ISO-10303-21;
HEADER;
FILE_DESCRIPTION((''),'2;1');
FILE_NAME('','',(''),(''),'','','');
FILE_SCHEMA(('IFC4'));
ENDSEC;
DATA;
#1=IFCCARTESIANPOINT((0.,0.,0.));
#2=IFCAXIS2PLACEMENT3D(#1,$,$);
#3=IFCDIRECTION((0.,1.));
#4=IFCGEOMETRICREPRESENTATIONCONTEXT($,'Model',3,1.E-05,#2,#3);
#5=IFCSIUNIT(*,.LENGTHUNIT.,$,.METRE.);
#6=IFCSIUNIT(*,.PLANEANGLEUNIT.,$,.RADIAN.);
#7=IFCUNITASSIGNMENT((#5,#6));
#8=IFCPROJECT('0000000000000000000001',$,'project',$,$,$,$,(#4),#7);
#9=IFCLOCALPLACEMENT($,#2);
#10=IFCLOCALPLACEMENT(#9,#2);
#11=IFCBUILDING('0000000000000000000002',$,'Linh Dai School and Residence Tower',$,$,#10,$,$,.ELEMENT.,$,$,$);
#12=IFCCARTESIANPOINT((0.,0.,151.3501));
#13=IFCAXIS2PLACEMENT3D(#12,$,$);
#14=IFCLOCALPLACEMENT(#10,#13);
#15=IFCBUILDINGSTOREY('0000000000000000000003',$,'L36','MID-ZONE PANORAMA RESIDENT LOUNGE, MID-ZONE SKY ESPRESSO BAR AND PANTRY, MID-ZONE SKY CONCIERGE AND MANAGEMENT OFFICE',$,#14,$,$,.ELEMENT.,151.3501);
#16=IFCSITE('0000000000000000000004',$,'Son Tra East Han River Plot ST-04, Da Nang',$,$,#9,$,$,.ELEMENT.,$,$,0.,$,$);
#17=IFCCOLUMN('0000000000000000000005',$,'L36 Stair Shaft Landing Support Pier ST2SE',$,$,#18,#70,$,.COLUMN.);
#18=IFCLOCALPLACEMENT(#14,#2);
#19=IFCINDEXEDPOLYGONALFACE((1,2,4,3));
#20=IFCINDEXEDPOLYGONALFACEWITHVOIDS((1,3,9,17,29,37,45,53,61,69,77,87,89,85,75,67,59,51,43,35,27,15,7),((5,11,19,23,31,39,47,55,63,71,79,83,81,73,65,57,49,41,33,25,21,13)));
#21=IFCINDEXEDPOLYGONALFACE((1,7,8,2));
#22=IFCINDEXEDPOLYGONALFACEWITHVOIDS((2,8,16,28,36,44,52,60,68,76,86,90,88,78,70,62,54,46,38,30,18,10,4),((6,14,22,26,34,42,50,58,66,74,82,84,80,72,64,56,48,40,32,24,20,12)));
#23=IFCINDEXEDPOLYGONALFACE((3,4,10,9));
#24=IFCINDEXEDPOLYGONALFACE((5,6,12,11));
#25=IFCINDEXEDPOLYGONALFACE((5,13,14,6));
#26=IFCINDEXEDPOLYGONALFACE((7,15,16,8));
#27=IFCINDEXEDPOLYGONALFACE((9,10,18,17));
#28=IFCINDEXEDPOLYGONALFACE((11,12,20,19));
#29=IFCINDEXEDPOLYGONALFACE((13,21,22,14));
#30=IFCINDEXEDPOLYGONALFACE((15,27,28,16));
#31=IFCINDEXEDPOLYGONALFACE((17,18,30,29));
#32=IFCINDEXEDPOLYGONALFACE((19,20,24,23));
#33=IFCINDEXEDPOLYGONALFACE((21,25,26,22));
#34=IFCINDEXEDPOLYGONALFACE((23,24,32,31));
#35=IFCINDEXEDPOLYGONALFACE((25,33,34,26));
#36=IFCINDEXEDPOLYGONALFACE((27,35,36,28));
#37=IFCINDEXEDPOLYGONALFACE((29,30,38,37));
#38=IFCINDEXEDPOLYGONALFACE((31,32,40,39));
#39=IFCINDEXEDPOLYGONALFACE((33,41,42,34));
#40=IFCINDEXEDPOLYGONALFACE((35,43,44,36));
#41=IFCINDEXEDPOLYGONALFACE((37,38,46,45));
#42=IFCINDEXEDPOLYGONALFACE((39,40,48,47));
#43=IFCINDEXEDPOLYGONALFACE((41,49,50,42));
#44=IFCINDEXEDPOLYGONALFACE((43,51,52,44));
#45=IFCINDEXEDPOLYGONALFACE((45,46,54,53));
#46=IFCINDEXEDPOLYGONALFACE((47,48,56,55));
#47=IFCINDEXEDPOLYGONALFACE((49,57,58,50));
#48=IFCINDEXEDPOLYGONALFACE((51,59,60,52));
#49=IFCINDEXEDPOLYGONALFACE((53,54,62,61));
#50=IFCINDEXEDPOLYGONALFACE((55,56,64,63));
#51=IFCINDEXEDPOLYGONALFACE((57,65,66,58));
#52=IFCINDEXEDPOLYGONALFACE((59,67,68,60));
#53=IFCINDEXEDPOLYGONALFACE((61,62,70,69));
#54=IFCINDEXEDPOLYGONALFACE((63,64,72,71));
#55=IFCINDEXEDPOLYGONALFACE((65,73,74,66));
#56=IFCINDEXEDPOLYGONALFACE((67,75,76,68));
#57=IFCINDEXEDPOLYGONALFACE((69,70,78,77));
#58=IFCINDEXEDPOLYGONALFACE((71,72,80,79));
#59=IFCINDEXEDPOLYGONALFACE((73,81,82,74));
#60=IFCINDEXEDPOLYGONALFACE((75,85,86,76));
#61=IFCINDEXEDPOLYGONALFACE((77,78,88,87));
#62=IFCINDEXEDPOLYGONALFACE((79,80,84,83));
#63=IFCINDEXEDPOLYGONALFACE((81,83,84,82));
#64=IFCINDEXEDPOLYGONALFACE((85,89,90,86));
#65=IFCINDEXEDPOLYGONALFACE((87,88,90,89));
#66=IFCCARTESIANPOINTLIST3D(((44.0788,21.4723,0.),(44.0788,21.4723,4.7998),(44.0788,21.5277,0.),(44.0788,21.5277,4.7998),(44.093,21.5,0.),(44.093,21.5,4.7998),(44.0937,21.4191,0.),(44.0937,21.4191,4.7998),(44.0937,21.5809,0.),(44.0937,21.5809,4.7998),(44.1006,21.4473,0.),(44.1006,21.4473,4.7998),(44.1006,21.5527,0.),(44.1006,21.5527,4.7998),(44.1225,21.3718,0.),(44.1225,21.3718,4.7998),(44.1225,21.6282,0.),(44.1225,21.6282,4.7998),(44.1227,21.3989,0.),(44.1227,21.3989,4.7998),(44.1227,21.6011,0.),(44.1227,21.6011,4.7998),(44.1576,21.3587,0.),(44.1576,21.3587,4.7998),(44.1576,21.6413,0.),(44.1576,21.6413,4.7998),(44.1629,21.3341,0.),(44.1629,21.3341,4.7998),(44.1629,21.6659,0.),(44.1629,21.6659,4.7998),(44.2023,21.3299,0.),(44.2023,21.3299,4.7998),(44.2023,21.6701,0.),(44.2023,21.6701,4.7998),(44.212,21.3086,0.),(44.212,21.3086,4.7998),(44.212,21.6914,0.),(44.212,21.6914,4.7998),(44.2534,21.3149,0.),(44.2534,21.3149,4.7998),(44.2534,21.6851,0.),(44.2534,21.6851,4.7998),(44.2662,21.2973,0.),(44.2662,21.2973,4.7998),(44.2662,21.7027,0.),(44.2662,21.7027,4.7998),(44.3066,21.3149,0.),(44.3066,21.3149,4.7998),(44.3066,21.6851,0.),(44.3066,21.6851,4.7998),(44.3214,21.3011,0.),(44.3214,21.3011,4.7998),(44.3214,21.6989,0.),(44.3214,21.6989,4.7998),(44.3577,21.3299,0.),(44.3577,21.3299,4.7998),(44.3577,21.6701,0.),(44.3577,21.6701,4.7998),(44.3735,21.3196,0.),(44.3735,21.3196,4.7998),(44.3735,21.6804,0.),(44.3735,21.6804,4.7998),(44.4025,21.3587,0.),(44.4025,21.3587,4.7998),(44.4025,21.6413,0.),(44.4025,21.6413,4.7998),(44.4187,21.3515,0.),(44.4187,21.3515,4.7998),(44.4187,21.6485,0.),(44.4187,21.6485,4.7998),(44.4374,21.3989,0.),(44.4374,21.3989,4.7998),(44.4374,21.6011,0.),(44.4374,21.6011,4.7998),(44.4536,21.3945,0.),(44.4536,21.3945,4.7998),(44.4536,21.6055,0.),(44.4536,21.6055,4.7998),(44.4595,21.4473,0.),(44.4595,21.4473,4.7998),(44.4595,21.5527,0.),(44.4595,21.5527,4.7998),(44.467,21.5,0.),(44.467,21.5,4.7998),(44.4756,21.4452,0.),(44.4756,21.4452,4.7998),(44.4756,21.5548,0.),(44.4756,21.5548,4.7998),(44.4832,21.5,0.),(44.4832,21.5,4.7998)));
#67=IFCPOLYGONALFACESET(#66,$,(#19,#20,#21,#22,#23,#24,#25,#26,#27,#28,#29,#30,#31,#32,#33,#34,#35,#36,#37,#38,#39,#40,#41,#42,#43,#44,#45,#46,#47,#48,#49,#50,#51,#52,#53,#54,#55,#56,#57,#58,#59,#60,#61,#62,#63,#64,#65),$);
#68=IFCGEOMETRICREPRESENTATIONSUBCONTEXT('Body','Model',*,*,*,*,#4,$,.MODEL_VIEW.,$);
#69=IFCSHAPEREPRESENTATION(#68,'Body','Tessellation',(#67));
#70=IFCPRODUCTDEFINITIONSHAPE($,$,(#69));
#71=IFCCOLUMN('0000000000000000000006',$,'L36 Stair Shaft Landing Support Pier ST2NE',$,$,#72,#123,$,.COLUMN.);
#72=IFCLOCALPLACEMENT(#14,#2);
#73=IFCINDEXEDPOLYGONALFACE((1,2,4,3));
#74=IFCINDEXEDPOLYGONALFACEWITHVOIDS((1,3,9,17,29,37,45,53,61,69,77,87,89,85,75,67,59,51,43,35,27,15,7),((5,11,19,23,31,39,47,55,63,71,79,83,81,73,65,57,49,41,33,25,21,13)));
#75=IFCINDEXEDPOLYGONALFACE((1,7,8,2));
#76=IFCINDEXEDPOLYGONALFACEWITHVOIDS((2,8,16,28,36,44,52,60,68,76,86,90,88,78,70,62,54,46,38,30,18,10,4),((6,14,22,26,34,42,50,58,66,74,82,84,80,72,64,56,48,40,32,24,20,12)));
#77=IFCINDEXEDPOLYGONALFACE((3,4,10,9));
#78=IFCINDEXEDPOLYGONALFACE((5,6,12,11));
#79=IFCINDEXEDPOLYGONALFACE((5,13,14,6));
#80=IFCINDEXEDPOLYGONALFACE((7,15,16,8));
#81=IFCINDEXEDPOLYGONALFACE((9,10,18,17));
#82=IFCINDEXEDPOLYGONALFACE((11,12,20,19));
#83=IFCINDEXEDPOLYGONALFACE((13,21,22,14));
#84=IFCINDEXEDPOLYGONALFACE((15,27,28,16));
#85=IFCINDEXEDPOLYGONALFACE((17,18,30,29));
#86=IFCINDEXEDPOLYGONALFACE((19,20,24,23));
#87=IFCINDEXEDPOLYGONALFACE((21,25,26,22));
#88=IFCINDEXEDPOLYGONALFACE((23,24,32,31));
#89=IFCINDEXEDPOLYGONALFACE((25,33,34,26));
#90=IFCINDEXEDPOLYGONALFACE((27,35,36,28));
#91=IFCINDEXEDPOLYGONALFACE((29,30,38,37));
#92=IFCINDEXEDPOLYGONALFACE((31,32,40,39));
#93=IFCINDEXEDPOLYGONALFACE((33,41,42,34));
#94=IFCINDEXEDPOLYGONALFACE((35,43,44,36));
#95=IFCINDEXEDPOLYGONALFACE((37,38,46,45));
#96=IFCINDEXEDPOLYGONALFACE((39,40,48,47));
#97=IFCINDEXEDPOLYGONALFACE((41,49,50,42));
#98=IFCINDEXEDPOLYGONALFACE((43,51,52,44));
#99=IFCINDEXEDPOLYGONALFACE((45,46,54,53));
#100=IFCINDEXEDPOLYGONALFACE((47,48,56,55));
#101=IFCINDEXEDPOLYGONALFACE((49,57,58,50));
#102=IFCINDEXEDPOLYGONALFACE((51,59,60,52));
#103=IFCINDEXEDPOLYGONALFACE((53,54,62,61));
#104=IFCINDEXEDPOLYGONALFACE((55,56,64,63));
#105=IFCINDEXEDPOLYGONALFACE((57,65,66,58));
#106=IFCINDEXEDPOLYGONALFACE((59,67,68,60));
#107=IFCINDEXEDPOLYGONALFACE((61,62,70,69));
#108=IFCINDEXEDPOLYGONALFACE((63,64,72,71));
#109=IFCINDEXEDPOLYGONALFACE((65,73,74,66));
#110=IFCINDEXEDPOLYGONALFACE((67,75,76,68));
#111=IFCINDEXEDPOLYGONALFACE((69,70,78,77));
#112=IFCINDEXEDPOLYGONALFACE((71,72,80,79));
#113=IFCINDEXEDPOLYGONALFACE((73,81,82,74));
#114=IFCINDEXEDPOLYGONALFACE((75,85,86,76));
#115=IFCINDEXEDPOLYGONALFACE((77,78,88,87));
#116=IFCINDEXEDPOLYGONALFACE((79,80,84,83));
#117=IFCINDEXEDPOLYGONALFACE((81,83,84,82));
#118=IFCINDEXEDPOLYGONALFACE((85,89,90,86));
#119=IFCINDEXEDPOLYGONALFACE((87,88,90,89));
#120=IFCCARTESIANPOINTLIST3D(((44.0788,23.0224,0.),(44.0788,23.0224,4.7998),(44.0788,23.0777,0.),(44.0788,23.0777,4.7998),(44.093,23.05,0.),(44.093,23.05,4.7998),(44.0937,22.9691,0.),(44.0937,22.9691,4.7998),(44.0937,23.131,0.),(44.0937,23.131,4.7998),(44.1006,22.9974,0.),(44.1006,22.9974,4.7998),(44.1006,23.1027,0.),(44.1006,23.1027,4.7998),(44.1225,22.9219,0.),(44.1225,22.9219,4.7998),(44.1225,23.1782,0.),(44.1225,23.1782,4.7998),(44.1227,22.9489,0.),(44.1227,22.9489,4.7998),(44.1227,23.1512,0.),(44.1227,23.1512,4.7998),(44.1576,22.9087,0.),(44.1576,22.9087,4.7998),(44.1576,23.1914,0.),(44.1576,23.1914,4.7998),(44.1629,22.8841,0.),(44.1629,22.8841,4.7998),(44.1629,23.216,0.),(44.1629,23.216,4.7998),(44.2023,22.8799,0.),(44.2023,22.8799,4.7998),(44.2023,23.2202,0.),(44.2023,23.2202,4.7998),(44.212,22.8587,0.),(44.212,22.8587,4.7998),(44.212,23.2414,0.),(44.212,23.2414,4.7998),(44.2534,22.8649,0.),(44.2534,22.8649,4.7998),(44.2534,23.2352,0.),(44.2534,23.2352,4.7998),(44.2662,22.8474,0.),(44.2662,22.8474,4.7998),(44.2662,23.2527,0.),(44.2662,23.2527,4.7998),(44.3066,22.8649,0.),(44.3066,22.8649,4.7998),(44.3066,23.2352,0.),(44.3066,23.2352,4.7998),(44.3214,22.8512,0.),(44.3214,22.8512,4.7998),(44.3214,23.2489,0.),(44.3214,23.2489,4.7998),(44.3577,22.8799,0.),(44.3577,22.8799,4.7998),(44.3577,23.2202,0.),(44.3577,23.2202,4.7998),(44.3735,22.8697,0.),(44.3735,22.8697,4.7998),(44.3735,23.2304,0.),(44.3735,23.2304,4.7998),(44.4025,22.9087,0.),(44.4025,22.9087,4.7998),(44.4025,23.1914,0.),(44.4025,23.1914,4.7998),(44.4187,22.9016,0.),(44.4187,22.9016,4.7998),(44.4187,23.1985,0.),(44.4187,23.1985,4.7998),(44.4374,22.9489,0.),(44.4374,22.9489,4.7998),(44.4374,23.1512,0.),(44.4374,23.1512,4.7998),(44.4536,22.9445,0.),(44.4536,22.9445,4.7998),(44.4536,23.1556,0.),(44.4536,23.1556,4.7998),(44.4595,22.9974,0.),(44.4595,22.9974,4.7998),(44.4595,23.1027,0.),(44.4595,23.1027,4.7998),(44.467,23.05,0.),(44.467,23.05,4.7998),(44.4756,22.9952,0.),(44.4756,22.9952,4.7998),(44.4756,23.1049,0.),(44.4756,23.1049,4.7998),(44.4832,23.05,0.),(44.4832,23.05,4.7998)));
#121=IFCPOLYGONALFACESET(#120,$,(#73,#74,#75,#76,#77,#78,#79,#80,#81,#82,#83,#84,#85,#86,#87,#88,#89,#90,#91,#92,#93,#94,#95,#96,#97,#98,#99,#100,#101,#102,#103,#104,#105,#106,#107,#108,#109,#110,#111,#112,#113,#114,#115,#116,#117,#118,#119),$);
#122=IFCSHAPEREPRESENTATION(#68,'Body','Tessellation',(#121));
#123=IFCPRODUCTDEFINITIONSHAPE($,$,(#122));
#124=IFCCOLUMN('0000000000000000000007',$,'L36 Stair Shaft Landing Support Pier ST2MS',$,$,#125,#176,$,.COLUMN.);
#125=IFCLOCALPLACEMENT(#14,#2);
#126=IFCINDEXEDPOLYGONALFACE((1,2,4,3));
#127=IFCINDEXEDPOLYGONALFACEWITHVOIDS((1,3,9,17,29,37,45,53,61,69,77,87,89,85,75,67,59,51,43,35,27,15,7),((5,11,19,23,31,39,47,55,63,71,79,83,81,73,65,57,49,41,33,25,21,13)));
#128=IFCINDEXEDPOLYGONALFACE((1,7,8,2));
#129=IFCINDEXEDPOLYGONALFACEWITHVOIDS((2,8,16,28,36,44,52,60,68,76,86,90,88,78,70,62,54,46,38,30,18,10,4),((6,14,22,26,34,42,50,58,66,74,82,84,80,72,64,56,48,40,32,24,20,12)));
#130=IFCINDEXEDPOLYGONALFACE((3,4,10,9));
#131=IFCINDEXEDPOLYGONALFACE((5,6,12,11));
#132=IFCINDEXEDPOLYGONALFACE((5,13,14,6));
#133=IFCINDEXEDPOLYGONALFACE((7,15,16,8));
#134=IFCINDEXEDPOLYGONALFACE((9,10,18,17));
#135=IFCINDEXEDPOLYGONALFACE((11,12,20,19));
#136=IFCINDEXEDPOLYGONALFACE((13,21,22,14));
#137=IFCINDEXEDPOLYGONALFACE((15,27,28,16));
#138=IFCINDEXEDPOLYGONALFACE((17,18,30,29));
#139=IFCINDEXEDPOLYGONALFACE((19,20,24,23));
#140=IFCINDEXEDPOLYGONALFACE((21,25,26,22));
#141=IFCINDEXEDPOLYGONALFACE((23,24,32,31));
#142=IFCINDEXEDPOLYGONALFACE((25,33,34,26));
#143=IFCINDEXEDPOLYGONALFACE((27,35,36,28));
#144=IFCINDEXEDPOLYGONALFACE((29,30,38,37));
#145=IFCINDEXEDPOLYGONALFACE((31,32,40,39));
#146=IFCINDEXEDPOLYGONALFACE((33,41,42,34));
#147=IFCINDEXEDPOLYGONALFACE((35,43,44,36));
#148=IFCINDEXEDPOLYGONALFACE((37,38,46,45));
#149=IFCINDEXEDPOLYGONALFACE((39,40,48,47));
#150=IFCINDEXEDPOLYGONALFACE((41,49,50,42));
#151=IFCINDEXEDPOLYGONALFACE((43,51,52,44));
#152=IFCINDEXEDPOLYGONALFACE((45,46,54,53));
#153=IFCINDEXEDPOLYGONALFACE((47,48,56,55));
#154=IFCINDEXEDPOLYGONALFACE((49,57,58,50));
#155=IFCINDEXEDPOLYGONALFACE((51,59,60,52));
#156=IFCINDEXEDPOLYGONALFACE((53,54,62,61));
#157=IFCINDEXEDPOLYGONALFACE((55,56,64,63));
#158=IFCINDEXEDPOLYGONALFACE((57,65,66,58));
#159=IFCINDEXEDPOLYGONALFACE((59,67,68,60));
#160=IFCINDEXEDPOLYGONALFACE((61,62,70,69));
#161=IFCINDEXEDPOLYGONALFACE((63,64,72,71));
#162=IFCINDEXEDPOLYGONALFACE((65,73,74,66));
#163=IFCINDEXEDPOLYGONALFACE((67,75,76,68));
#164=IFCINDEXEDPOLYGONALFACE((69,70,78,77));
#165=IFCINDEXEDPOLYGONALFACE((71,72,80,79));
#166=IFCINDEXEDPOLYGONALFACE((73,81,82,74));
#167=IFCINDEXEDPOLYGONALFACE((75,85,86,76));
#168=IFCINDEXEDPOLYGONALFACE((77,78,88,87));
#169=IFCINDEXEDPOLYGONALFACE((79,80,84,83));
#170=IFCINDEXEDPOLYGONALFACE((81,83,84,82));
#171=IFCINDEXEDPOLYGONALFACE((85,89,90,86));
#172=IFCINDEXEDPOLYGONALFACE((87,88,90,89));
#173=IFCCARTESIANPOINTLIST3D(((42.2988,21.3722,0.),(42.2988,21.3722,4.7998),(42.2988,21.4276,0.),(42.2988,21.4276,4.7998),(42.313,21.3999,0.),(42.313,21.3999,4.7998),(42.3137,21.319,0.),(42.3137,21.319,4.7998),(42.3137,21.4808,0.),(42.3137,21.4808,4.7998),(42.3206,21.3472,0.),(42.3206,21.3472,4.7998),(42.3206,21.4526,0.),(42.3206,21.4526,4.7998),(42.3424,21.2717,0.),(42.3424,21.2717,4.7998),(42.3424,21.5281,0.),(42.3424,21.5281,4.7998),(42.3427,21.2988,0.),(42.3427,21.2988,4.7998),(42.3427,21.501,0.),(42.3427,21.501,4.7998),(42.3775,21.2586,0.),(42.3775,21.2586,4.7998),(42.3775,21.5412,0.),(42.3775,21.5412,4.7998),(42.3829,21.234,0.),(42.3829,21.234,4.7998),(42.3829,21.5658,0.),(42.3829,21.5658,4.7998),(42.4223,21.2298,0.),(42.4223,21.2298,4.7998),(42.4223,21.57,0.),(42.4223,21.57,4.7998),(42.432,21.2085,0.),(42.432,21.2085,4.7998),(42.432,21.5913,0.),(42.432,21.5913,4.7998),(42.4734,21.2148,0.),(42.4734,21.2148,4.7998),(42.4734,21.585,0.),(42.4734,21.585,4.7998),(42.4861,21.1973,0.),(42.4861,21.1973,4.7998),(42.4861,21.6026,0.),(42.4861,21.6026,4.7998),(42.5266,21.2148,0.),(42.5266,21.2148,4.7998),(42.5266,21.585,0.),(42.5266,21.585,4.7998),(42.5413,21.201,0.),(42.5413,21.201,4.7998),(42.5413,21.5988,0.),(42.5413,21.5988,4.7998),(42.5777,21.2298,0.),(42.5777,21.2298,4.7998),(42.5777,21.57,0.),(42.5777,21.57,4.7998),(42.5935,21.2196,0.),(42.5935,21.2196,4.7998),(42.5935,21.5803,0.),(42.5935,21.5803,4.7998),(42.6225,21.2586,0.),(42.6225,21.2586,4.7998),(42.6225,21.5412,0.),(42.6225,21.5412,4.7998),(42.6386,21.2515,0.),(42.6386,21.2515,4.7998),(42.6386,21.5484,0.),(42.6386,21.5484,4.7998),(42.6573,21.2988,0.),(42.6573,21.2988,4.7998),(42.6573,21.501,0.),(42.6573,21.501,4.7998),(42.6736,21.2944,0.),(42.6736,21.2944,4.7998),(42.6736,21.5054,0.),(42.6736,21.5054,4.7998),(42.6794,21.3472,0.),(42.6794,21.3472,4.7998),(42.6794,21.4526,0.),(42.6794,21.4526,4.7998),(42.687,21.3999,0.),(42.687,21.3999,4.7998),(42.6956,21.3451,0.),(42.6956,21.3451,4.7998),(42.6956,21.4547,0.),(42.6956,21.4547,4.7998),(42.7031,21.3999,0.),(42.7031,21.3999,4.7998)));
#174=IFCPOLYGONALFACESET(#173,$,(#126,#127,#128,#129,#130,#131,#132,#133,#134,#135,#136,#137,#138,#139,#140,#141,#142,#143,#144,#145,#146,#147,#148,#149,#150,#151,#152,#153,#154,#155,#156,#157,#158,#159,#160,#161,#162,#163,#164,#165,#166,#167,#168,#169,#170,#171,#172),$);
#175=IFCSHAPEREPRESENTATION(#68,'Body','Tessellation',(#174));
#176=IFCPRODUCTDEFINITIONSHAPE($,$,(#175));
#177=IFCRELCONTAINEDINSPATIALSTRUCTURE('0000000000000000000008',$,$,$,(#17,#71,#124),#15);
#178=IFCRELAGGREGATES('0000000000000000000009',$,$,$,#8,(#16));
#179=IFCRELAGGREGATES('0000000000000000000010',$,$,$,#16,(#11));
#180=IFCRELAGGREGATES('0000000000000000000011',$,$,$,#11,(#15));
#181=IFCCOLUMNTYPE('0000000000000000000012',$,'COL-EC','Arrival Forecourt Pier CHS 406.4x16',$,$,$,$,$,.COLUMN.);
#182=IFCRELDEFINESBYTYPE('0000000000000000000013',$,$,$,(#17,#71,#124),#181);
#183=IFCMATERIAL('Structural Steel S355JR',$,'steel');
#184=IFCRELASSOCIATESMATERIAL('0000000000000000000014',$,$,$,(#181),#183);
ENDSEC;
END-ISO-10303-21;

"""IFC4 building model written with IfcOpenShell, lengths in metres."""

from ifc_helpers import new_model, si_unit, direction, frame, origin, origin_2d, place, context, subcontext, project, spatial, hollow_circle, extrude, material, material_profile, profile_set, type_object, element, save


model = new_model("IFC4")

# Units and contexts
model_context = context("Model", 3, precision=1e-05, world=origin(), true_north=direction((0.0, 1.0)))
body_context = subcontext(model_context, "Body", "Model", "MODEL_VIEW")
ifc_project = project(units=[si_unit("LENGTHUNIT", "METRE"), si_unit("PLANEANGLEUNIT", "RADIAN")], contexts=[model_context])

# Site, building, storey
site_placement = place(None, origin())
site = spatial("IfcSite", under=ifc_project, at=site_placement, Name="Son Tra East Han River Plot ST-04, Da Nang", CompositionType="ELEMENT", RefElevation=0.0)
building_placement = place(site_placement, origin())
building = spatial("IfcBuilding", under=site, at=building_placement, Name="Linh Dai School and Residence Tower", CompositionType="ELEMENT")
storey_placement = place(building_placement, frame((0.0, 0.0, 151.3501)))
storey = spatial("IfcBuildingStorey", under=building, at=storey_placement, Name="L36", Description="MID-ZONE PANORAMA RESIDENT LOUNGE, MID-ZONE SKY ESPRESSO BAR AND PANTRY, MID-ZONE SKY CONCIERGE AND MANAGEMENT OFFICE", CompositionType="ELEMENT", Elevation=151.3501)

# Columns
ifc_material_1 = material(Name="Structural Steel S355JR", Category="steel")
ifc_material_profile_1 = material_profile(ifc_material_1, hollow_circle(Radius=0.2031, WallThickness=0.0161, at=origin_2d()), Name="CHS 406.4x16")
ifc_profile_set_1 = profile_set([ifc_material_profile_1], Name="Structural Steel S355JR")
column_type_1 = type_object("IfcColumnType", Name="COL-EC", Description="Arrival Forecourt Pier CHS 406.4x16", PredefinedType="COLUMN", material=ifc_profile_set_1)
for number, where, z_axis, x_axis, name in (
    (1, (44.28, 21.5, 0.0), (0.0, 0.0, 1.0), (1.0, 0.0, 0.0), "L36 Stair Shaft Landing Support Pier ST2SE"),
    (2, (44.28, 23.05, 0.0), (0.0, 0.0, 1.0), (1.0, 0.0, 0.0), "L36 Stair Shaft Landing Support Pier ST2NE"),
    (3, (42.5, 21.3999, 0.0), (0.0, 0.0, 1.0), (1.0, 0.0, 0.0), "L36 Stair Shaft Landing Support Pier ST2MS"),
):
    element("IfcColumn", number, at=place(storey_placement, frame(where, z_axis=z_axis, x_axis=x_axis)), inside=storey, type_object=column_type_1, Name=name, PredefinedType="COLUMN", context=body_context, shape_type="SweptSolid", body=[
        extrude(hollow_circle(Radius=0.2031, WallThickness=0.0161, at=origin_2d()), origin(), (0.0, 0.0, 1.0), 4.7998),
    ])

save(model, "model.ifc")
